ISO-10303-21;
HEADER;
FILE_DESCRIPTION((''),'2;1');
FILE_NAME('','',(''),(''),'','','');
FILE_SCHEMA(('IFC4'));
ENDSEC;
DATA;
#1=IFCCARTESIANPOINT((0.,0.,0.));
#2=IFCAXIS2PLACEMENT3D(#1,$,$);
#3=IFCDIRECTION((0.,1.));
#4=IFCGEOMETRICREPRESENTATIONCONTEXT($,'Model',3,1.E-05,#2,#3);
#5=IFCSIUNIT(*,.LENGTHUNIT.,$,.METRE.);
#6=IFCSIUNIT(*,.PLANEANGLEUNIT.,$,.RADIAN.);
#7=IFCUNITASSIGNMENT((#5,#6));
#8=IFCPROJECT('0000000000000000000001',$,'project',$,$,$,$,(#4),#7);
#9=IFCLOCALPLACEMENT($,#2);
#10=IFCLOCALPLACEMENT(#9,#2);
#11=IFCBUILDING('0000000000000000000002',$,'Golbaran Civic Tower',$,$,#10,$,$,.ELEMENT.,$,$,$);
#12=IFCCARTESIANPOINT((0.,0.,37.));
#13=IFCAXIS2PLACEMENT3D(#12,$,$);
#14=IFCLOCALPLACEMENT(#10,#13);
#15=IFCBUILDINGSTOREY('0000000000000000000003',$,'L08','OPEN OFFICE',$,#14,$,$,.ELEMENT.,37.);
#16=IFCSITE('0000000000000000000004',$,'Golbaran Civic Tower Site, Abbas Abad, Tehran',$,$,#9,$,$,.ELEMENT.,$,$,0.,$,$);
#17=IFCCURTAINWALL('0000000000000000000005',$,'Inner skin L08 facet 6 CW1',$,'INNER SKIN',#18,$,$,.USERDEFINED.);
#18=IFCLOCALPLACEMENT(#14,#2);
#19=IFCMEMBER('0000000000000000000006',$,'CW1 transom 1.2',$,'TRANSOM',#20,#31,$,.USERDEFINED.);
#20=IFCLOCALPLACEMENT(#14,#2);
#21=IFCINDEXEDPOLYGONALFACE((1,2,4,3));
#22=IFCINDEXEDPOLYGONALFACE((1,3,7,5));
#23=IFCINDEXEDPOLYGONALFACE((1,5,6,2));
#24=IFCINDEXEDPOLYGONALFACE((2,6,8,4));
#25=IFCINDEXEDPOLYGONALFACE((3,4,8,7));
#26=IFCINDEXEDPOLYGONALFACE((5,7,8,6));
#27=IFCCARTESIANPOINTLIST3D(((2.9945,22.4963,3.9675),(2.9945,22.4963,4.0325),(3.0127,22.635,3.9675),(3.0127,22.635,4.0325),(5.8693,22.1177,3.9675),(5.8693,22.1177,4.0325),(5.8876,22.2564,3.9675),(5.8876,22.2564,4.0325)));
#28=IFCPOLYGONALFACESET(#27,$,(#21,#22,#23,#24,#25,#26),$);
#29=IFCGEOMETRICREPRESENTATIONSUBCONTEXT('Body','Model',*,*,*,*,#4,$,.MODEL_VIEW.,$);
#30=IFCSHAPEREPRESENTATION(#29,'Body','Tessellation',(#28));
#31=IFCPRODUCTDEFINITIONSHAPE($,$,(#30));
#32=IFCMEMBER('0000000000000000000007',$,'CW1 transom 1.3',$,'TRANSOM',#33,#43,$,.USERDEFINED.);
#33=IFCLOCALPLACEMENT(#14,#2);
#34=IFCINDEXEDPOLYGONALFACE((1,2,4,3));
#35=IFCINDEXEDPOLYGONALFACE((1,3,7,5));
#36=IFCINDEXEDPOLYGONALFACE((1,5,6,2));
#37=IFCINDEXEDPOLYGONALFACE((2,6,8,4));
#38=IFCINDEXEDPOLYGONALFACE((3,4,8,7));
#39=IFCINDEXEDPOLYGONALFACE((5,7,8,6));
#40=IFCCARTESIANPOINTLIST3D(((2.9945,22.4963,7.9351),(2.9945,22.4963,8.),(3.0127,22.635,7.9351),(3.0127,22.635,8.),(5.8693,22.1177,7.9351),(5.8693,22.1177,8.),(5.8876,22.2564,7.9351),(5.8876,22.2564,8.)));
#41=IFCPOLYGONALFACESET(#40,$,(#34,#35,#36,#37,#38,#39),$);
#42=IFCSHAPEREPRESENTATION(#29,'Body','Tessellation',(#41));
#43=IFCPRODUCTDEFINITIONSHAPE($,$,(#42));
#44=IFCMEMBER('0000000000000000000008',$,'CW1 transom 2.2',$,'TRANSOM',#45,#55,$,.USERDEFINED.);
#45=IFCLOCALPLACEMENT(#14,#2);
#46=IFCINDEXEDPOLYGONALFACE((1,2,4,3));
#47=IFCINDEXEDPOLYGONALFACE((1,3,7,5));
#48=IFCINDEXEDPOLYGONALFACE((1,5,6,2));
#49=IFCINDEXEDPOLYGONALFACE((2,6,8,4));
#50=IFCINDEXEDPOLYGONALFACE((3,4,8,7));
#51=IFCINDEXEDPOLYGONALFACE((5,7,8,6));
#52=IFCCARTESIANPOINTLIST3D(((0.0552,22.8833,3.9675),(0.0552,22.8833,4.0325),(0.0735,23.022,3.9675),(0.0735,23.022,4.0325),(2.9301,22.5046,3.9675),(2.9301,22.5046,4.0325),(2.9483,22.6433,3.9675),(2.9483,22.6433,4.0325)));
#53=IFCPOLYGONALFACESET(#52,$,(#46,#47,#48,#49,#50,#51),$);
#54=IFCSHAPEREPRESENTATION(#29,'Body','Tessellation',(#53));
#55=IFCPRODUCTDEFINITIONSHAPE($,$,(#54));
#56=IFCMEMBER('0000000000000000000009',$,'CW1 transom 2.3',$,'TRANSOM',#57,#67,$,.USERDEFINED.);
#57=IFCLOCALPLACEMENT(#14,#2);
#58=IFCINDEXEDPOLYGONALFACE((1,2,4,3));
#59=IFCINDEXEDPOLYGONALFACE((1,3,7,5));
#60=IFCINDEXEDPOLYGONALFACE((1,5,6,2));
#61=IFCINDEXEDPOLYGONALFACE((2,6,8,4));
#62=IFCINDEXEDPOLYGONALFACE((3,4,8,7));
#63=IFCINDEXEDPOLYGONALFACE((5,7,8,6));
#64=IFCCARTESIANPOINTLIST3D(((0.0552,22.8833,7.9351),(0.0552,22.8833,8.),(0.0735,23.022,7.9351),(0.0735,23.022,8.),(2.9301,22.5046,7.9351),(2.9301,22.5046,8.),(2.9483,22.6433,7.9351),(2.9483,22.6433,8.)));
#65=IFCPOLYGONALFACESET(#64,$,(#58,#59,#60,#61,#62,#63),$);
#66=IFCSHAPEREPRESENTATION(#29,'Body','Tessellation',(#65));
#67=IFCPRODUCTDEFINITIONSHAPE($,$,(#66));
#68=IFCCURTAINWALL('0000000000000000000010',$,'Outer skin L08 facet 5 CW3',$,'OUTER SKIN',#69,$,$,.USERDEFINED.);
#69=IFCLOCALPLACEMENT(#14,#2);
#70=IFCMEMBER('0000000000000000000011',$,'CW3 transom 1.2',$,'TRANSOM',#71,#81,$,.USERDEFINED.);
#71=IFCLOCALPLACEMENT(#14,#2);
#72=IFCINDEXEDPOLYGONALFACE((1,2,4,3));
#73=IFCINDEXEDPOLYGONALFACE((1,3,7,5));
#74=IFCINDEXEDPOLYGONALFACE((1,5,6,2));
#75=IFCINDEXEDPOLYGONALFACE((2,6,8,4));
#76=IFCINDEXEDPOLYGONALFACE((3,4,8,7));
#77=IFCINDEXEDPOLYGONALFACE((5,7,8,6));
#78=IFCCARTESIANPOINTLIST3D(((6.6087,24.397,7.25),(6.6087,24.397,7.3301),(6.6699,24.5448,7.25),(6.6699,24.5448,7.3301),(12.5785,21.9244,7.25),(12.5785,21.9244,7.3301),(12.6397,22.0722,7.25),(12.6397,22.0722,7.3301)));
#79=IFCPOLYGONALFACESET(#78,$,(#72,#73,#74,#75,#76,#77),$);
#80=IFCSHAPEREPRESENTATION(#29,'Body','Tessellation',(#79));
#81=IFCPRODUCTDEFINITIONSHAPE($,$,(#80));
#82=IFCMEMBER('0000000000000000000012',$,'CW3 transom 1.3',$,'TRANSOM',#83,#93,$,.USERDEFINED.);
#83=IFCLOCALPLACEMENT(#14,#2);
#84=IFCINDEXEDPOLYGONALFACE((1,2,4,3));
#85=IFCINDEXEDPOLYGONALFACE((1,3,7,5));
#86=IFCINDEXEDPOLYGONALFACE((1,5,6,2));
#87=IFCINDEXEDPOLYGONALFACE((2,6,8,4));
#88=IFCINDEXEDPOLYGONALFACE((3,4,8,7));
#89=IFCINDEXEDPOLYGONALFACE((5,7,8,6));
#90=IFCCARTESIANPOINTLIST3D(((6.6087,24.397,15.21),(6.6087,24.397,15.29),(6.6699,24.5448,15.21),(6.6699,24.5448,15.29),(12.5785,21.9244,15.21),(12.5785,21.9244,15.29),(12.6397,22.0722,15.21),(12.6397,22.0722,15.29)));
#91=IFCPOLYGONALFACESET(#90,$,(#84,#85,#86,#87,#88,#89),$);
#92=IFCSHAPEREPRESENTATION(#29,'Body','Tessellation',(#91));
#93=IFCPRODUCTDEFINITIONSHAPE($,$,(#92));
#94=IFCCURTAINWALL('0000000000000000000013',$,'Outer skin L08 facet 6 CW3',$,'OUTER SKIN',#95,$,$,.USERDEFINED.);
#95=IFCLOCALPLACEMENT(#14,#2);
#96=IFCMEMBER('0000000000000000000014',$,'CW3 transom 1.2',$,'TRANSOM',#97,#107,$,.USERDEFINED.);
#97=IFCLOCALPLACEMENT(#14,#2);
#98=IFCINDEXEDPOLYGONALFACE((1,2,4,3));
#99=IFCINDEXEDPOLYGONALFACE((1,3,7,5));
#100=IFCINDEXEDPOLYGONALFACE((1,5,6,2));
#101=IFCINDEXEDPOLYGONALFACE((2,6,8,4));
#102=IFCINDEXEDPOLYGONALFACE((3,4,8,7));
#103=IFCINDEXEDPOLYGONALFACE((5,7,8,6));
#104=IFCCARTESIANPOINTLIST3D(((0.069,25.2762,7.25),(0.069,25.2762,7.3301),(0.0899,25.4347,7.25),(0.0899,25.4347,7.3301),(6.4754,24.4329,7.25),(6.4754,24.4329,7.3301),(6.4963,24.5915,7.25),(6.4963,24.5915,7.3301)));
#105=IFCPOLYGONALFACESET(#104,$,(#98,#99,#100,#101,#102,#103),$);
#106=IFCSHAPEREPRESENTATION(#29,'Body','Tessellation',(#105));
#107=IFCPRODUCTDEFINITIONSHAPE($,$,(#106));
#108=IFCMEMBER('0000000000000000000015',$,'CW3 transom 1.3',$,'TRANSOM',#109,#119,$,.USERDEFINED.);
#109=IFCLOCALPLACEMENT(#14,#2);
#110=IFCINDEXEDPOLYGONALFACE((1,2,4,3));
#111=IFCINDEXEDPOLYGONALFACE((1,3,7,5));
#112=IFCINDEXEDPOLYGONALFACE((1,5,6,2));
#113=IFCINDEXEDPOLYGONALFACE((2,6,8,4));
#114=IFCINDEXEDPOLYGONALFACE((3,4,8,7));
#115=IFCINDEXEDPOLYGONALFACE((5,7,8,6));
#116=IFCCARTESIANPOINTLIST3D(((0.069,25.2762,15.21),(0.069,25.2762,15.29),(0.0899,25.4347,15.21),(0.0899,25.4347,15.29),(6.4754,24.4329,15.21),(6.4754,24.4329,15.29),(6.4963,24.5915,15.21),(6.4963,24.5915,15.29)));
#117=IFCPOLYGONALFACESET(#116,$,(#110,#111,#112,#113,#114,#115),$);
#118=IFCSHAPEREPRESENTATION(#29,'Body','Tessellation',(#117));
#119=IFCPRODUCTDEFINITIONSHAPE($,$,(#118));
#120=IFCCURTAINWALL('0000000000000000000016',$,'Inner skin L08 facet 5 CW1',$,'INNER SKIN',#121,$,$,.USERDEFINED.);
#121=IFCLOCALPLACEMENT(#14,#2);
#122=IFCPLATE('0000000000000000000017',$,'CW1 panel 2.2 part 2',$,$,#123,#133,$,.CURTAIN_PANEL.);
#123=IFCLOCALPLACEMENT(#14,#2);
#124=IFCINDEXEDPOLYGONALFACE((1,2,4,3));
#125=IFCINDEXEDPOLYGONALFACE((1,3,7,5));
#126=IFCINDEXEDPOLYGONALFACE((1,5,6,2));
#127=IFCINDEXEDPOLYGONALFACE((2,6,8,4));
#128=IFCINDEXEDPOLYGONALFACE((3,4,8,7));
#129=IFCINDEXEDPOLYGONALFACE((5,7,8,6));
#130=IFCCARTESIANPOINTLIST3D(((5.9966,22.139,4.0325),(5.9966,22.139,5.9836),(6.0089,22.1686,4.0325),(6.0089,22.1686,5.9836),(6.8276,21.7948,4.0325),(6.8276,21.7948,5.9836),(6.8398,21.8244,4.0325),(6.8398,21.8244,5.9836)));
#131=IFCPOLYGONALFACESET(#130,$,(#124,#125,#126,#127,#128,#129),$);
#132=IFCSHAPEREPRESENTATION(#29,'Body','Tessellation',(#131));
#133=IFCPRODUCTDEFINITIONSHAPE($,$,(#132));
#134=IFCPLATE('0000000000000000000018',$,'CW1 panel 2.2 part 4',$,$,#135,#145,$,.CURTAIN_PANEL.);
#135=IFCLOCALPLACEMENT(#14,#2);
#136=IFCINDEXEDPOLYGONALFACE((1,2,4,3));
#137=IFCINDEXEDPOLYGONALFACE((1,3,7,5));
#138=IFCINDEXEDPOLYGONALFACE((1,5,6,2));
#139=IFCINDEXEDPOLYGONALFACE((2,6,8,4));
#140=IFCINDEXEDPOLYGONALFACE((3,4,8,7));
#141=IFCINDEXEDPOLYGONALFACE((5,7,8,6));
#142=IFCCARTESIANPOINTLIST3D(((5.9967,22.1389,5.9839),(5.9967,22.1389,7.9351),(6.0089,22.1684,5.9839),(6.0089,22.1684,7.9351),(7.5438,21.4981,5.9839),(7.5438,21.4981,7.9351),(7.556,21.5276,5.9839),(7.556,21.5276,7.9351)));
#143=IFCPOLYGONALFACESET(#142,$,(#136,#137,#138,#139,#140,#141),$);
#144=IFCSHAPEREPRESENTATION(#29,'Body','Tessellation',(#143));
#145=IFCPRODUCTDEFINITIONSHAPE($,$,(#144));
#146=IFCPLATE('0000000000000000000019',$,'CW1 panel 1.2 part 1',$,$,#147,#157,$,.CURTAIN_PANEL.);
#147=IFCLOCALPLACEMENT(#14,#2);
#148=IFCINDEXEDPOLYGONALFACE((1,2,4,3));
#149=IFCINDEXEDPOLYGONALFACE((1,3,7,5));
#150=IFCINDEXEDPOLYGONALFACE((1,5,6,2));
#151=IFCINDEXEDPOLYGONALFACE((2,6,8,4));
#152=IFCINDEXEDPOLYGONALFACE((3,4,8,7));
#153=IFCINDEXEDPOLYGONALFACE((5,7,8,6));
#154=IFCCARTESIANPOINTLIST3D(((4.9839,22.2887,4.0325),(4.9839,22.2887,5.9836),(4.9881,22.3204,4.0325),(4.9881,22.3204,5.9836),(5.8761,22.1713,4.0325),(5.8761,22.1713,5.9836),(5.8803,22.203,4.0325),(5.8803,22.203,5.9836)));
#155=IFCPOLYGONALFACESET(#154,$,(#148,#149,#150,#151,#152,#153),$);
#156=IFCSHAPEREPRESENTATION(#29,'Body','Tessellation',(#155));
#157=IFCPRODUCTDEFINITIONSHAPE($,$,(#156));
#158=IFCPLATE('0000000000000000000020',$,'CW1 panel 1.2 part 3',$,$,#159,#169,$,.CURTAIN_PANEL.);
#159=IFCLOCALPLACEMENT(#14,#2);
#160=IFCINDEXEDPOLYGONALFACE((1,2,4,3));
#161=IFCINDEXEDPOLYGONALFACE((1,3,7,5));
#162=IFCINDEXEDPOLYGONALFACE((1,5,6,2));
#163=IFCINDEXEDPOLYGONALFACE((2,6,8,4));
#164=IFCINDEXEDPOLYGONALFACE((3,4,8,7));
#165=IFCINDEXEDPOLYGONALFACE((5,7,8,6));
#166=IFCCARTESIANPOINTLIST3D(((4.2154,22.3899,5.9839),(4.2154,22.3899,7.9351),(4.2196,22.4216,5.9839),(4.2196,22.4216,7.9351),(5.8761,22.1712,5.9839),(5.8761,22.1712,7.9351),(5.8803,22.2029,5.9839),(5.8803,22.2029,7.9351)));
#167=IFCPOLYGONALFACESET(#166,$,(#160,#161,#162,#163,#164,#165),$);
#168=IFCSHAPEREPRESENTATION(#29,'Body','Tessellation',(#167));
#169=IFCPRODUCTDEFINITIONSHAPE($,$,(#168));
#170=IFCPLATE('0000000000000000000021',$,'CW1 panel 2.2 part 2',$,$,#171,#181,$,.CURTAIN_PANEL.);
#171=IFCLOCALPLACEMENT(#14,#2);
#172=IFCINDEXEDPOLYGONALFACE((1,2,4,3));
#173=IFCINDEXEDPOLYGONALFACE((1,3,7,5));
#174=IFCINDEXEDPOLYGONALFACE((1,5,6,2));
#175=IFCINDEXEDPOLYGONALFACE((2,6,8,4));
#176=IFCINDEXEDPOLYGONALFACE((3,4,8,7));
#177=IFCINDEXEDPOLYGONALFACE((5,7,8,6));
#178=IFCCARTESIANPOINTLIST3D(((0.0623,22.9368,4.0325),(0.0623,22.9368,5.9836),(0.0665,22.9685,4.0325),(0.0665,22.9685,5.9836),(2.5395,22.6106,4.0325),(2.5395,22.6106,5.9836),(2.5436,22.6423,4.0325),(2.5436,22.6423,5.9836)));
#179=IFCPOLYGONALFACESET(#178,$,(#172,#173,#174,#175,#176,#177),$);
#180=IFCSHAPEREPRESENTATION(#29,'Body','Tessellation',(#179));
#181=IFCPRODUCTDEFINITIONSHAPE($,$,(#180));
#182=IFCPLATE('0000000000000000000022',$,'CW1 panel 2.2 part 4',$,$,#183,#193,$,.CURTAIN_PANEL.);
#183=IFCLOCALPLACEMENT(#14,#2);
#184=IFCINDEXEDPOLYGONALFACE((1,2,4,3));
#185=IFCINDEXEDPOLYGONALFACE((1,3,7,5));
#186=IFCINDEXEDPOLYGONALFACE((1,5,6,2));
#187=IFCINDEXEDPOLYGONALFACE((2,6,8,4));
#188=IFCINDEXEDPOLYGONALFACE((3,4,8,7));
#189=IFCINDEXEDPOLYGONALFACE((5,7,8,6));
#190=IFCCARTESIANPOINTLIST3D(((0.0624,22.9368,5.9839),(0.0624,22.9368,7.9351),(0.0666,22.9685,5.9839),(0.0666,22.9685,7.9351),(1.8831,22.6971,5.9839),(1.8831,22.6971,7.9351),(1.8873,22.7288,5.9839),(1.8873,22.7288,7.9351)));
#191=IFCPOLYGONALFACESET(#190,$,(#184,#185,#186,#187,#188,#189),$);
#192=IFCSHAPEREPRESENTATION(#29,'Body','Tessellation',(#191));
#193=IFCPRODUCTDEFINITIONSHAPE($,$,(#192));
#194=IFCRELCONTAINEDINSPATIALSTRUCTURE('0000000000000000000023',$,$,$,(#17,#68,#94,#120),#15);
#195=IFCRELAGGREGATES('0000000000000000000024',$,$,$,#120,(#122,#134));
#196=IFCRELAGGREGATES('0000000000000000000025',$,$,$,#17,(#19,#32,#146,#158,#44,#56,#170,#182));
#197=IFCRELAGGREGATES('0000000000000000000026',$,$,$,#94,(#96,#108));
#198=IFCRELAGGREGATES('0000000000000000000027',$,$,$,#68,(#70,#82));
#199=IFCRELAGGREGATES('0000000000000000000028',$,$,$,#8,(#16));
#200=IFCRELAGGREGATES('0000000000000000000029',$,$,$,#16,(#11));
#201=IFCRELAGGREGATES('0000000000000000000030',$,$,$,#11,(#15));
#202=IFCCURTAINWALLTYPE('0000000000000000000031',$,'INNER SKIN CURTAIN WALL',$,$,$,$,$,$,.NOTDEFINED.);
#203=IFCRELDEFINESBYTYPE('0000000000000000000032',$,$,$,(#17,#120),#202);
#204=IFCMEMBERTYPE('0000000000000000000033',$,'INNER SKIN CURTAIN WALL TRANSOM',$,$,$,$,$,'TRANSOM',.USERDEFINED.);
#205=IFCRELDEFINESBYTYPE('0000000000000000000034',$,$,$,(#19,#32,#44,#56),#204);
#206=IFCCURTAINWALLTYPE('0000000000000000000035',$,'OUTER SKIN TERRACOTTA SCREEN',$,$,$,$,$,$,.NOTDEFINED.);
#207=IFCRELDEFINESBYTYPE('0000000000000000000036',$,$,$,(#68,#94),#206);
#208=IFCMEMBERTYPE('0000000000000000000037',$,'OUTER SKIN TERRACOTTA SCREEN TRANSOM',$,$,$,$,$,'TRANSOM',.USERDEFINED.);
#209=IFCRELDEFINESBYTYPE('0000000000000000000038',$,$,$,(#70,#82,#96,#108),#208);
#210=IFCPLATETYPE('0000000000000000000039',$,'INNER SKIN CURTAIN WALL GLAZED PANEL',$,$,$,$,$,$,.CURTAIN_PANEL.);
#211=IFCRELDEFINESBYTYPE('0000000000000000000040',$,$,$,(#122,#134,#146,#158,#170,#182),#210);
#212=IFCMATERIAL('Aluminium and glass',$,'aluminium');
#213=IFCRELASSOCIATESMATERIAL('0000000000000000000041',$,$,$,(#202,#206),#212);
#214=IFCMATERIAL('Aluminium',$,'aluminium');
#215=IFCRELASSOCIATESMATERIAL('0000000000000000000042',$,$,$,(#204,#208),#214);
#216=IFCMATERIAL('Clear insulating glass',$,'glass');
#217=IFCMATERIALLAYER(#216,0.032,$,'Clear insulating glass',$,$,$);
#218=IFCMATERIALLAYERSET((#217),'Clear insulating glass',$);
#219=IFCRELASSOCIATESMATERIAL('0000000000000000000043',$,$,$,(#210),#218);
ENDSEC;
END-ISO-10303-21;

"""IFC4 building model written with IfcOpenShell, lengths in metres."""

from ifc_helpers import new_model, si_unit, direction, frame, origin, origin_2d, place, context, subcontext, project, spatial, rectangle, extrude, material, layer, layer_set, material_profile, profile_set, type_object, element, aggregate, save


model = new_model("IFC4")

# Units and contexts
model_context = context("Model", 3, precision=1e-05, world=origin(), true_north=direction((0.0, 1.0)))
body_context = subcontext(model_context, "Body", "Model", "MODEL_VIEW")
ifc_project = project(units=[si_unit("LENGTHUNIT", "METRE"), si_unit("PLANEANGLEUNIT", "RADIAN")], contexts=[model_context])

# Site, building, storey
site_placement = place(None, origin())
site = spatial("IfcSite", under=ifc_project, at=site_placement, Name="Golbaran Civic Tower Site, Abbas Abad, Tehran", CompositionType="ELEMENT", RefElevation=0.0)
building_placement = place(site_placement, origin())
building = spatial("IfcBuilding", under=site, at=building_placement, Name="Golbaran Civic Tower", CompositionType="ELEMENT")
storey_placement = place(building_placement, frame((0.0, 0.0, 37.0)))
storey = spatial("IfcBuildingStorey", under=building, at=storey_placement, Name="L08", Description="OPEN OFFICE", CompositionType="ELEMENT", Elevation=37.0)

# Curtain walls, members
ifc_material_1 = material(Name="Aluminium and glass", Category="aluminium")
curtain_wall_type_1 = type_object("IfcCurtainWallType", Name="INNER SKIN CURTAIN WALL", PredefinedType="NOTDEFINED", material=ifc_material_1)
curtain_wall_1_placement = place(storey_placement, origin())
curtain_wall_1 = element("IfcCurtainWall", 1, at=curtain_wall_1_placement, inside=storey, type_object=curtain_wall_type_1, Name="Inner skin L08 facet 6 CW1", ObjectType="INNER SKIN", PredefinedType="USERDEFINED")
ifc_material_2 = material(Name="Aluminium", Category="aluminium")
ifc_material_profile_1 = material_profile(ifc_material_2, rectangle(XDim=0.1399, YDim=0.0649, at=origin_2d()), Name="INNER SKIN CURTAIN WALL TRANSOM")
ifc_profile_set_1 = profile_set([ifc_material_profile_1], Name="Aluminium")
member_type_1 = type_object("IfcMemberType", Name="INNER SKIN CURTAIN WALL TRANSOM", ElementType="TRANSOM", PredefinedType="USERDEFINED", material=ifc_profile_set_1)
member_1_placement = place(storey_placement, frame((5.8784, 22.187, 4.0), z_axis=(-0.991436, 0.130592, 0.0), x_axis=(-0.130592, -0.991436, 0.0)))
member_1 = element("IfcMember", 2, at=member_1_placement, type_object=member_type_1, Name="CW1 transom 1.2", ObjectType="TRANSOM", PredefinedType="USERDEFINED", context=body_context, shape_type="SweptSolid", body=[
    extrude(rectangle(XDim=0.1399, YDim=0.0649, at=origin_2d()), origin(), (0.0, 0.0, 1.0), 2.8997),
])
member_2_placement = place(storey_placement, frame((5.8784, 22.187, 7.9675), z_axis=(-0.991436, 0.130592, 0.0), x_axis=(-0.130592, -0.991436, 0.0)))
member_2 = element("IfcMember", 3, at=member_2_placement, type_object=member_type_1, Name="CW1 transom 1.3", ObjectType="TRANSOM", PredefinedType="USERDEFINED", context=body_context, shape_type="SweptSolid", body=[
    extrude(rectangle(XDim=0.1399, YDim=0.0649, at=origin_2d()), origin(), (0.0, 0.0, 1.0), 2.8997),
])
member_3_placement = place(storey_placement, frame((2.9392, 22.574, 4.0), z_axis=(-0.991436, 0.130592, 0.0), x_axis=(-0.130592, -0.991436, 0.0)))
member_3 = element("IfcMember", 4, at=member_3_placement, type_object=member_type_1, Name="CW1 transom 2.2", ObjectType="TRANSOM", PredefinedType="USERDEFINED", context=body_context, shape_type="SweptSolid", body=[
    extrude(rectangle(XDim=0.1399, YDim=0.0649, at=origin_2d()), origin(), (0.0, 0.0, 1.0), 2.8997),
])
member_4_placement = place(storey_placement, frame((2.9392, 22.574, 7.9675), z_axis=(-0.991436, 0.130592, 0.0), x_axis=(-0.130592, -0.991436, 0.0)))
member_4 = element("IfcMember", 5, at=member_4_placement, type_object=member_type_1, Name="CW1 transom 2.3", ObjectType="TRANSOM", PredefinedType="USERDEFINED", context=body_context, shape_type="SweptSolid", body=[
    extrude(rectangle(XDim=0.1399, YDim=0.0649, at=origin_2d()), origin(), (0.0, 0.0, 1.0), 2.8997),
])
curtain_wall_type_2 = type_object("IfcCurtainWallType", Name="OUTER SKIN TERRACOTTA SCREEN", PredefinedType="NOTDEFINED", material=ifc_material_1)
curtain_wall_2_placement = place(storey_placement, origin())
curtain_wall_2 = element("IfcCurtainWall", 6, at=curtain_wall_2_placement, inside=storey, type_object=curtain_wall_type_2, Name="Outer skin L08 facet 5 CW3", ObjectType="OUTER SKIN", PredefinedType="USERDEFINED")
ifc_material_profile_2 = material_profile(ifc_material_2, rectangle(XDim=0.1599, YDim=0.0801, at=origin_2d()), Name="OUTER SKIN TERRACOTTA SCREEN TRANSOM")
ifc_profile_set_2 = profile_set([ifc_material_profile_2], Name="Aluminium")
member_type_2 = type_object("IfcMemberType", Name="OUTER SKIN TERRACOTTA SCREEN TRANSOM", ElementType="TRANSOM", PredefinedType="USERDEFINED", material=ifc_profile_set_2)
member_5_placement = place(storey_placement, frame((12.6091, 21.9983, 7.29), z_axis=(-0.92389, 0.382659, 0.0), x_axis=(-0.382659, -0.92389, 0.0)))
member_5 = element("IfcMember", 7, at=member_5_placement, type_object=member_type_2, Name="CW3 transom 1.2", ObjectType="TRANSOM", PredefinedType="USERDEFINED", context=body_context, shape_type="SweptSolid", body=[
    extrude(rectangle(XDim=0.1599, YDim=0.0801, at=origin_2d()), origin(), (0.0, 0.0, 1.0), 6.4617),
])
member_6_placement = place(storey_placement, frame((12.6091, 21.9983, 15.25), z_axis=(-0.92389, 0.382659, 0.0), x_axis=(-0.382659, -0.92389, 0.0)))
member_6 = element("IfcMember", 8, at=member_6_placement, type_object=member_type_2, Name="CW3 transom 1.3", ObjectType="TRANSOM", PredefinedType="USERDEFINED", context=body_context, shape_type="SweptSolid", body=[
    extrude(rectangle(XDim=0.1599, YDim=0.0801, at=origin_2d()), origin(), (0.0, 0.0, 1.0), 6.4617),
])
curtain_wall_3_placement = place(storey_placement, origin())
curtain_wall_3 = element("IfcCurtainWall", 9, at=curtain_wall_3_placement, inside=storey, type_object=curtain_wall_type_2, Name="Outer skin L08 facet 6 CW3", ObjectType="OUTER SKIN", PredefinedType="USERDEFINED")
member_7_placement = place(storey_placement, frame((6.4858, 24.5122, 7.29), z_axis=(-0.991448, 0.1305, 0.0), x_axis=(-0.1305, -0.991448, 0.0)))
member_7 = element("IfcMember", 10, at=member_7_placement, type_object=member_type_2, Name="CW3 transom 1.2", ObjectType="TRANSOM", PredefinedType="USERDEFINED", context=body_context, shape_type="SweptSolid", body=[
    extrude(rectangle(XDim=0.1599, YDim=0.0801, at=origin_2d()), origin(), (0.0, 0.0, 1.0), 6.4617),
])
member_8_placement = place(storey_placement, frame((6.4858, 24.5122, 15.25), z_axis=(-0.991448, 0.1305, 0.0), x_axis=(-0.1305, -0.991448, 0.0)))
member_8 = element("IfcMember", 11, at=member_8_placement, type_object=member_type_2, Name="CW3 transom 1.3", ObjectType="TRANSOM", PredefinedType="USERDEFINED", context=body_context, shape_type="SweptSolid", body=[
    extrude(rectangle(XDim=0.1599, YDim=0.0801, at=origin_2d()), origin(), (0.0, 0.0, 1.0), 6.4617),
])

# Curtain wall, plates
curtain_wall_4_placement = place(storey_placement, origin())
curtain_wall_4 = element("IfcCurtainWall", 12, at=curtain_wall_4_placement, inside=storey, type_object=curtain_wall_type_1, Name="Inner skin L08 facet 5 CW1", ObjectType="INNER SKIN", PredefinedType="USERDEFINED")
ifc_material_3 = material(Name="Clear insulating glass", Category="glass")
ifc_layer_1 = layer(ifc_material_3, 0.032, Name="Clear insulating glass")
ifc_layer_set_1 = layer_set([ifc_layer_1], Name="Clear insulating glass")
plate_type_1 = type_object("IfcPlateType", Name="INNER SKIN CURTAIN WALL GLAZED PANEL", PredefinedType="CURTAIN_PANEL", material=ifc_layer_set_1)
plate_1_placement = place(storey_placement, frame((6.4182, 21.9817, 4.0325), z_axis=(0.0, 0.0, 1.0), x_axis=(-0.92388, 0.382683, 0.0)))
plate_1 = element("IfcPlate", 13, at=plate_1_placement, type_object=plate_type_1, Name="CW1 panel 2.2 part 2", PredefinedType="CURTAIN_PANEL", context=body_context, shape_type="SweptSolid", body=[
    extrude(rectangle(XDim=0.8994, YDim=0.032, at=origin_2d()), origin(), (0.0, 0.0, 1.0), 1.9512),
])
plate_2_placement = place(storey_placement, frame((6.7764, 21.8333, 5.9839), z_axis=(0.0, 0.0, 1.0), x_axis=(-0.92388, 0.382683, 0.0)))
plate_2 = element("IfcPlate", 14, at=plate_2_placement, type_object=plate_type_1, Name="CW1 panel 2.2 part 4", PredefinedType="CURTAIN_PANEL", context=body_context, shape_type="SweptSolid", body=[
    extrude(rectangle(XDim=1.6746, YDim=0.032, at=origin_2d()), origin(), (0.0, 0.0, 1.0), 1.9512),
])

# Plates
plate_3_placement = place(storey_placement, frame((5.4321, 22.2458, 4.0325), z_axis=(0.0, 0.0, 1.0), x_axis=(-0.991445, 0.130526, 0.0)))
plate_3 = element("IfcPlate", 15, at=plate_3_placement, type_object=plate_type_1, Name="CW1 panel 1.2 part 1", PredefinedType="CURTAIN_PANEL", context=body_context, shape_type="SweptSolid", body=[
    extrude(rectangle(XDim=0.8999, YDim=0.032, at=origin_2d()), origin(), (0.0, 0.0, 1.0), 1.9512),
])
plate_4_placement = place(storey_placement, frame((5.0479, 22.2964, 5.9839), z_axis=(0.0, 0.0, 1.0), x_axis=(-0.991445, 0.130526, 0.0)))
plate_4 = element("IfcPlate", 16, at=plate_4_placement, type_object=plate_type_1, Name="CW1 panel 1.2 part 3", PredefinedType="CURTAIN_PANEL", context=body_context, shape_type="SweptSolid", body=[
    extrude(rectangle(XDim=1.675, YDim=0.032, at=origin_2d()), origin(), (0.0, 0.0, 1.0), 1.9512),
])
plate_5_placement = place(storey_placement, frame((1.303, 22.7896, 4.0325), z_axis=(0.0, 0.0, 1.0), x_axis=(-0.991445, 0.130526, 0.0)))
plate_5 = element("IfcPlate", 17, at=plate_5_placement, type_object=plate_type_1, Name="CW1 panel 2.2 part 2", PredefinedType="CURTAIN_PANEL", context=body_context, shape_type="SweptSolid", body=[
    extrude(rectangle(XDim=2.4985, YDim=0.032, at=origin_2d()), origin(), (0.0, 0.0, 1.0), 1.9512),
])
plate_6_placement = place(storey_placement, frame((0.9749, 22.8328, 5.9839), z_axis=(0.0, 0.0, 1.0), x_axis=(-0.991445, 0.130526, 0.0)))
plate_6 = element("IfcPlate", 18, at=plate_6_placement, type_object=plate_type_1, Name="CW1 panel 2.2 part 4", PredefinedType="CURTAIN_PANEL", context=body_context, shape_type="SweptSolid", body=[
    extrude(rectangle(XDim=1.8364, YDim=0.032, at=origin_2d()), origin(), (0.0, 0.0, 1.0), 1.9512),
])
aggregate(curtain_wall_4, [plate_1, plate_2])
aggregate(curtain_wall_1, [member_1, member_2, plate_3, plate_4, member_3, member_4, plate_5, plate_6])

aggregate(curtain_wall_3, [member_7, member_8])
aggregate(curtain_wall_2, [member_5, member_6])

save(model, "model.ifc")
